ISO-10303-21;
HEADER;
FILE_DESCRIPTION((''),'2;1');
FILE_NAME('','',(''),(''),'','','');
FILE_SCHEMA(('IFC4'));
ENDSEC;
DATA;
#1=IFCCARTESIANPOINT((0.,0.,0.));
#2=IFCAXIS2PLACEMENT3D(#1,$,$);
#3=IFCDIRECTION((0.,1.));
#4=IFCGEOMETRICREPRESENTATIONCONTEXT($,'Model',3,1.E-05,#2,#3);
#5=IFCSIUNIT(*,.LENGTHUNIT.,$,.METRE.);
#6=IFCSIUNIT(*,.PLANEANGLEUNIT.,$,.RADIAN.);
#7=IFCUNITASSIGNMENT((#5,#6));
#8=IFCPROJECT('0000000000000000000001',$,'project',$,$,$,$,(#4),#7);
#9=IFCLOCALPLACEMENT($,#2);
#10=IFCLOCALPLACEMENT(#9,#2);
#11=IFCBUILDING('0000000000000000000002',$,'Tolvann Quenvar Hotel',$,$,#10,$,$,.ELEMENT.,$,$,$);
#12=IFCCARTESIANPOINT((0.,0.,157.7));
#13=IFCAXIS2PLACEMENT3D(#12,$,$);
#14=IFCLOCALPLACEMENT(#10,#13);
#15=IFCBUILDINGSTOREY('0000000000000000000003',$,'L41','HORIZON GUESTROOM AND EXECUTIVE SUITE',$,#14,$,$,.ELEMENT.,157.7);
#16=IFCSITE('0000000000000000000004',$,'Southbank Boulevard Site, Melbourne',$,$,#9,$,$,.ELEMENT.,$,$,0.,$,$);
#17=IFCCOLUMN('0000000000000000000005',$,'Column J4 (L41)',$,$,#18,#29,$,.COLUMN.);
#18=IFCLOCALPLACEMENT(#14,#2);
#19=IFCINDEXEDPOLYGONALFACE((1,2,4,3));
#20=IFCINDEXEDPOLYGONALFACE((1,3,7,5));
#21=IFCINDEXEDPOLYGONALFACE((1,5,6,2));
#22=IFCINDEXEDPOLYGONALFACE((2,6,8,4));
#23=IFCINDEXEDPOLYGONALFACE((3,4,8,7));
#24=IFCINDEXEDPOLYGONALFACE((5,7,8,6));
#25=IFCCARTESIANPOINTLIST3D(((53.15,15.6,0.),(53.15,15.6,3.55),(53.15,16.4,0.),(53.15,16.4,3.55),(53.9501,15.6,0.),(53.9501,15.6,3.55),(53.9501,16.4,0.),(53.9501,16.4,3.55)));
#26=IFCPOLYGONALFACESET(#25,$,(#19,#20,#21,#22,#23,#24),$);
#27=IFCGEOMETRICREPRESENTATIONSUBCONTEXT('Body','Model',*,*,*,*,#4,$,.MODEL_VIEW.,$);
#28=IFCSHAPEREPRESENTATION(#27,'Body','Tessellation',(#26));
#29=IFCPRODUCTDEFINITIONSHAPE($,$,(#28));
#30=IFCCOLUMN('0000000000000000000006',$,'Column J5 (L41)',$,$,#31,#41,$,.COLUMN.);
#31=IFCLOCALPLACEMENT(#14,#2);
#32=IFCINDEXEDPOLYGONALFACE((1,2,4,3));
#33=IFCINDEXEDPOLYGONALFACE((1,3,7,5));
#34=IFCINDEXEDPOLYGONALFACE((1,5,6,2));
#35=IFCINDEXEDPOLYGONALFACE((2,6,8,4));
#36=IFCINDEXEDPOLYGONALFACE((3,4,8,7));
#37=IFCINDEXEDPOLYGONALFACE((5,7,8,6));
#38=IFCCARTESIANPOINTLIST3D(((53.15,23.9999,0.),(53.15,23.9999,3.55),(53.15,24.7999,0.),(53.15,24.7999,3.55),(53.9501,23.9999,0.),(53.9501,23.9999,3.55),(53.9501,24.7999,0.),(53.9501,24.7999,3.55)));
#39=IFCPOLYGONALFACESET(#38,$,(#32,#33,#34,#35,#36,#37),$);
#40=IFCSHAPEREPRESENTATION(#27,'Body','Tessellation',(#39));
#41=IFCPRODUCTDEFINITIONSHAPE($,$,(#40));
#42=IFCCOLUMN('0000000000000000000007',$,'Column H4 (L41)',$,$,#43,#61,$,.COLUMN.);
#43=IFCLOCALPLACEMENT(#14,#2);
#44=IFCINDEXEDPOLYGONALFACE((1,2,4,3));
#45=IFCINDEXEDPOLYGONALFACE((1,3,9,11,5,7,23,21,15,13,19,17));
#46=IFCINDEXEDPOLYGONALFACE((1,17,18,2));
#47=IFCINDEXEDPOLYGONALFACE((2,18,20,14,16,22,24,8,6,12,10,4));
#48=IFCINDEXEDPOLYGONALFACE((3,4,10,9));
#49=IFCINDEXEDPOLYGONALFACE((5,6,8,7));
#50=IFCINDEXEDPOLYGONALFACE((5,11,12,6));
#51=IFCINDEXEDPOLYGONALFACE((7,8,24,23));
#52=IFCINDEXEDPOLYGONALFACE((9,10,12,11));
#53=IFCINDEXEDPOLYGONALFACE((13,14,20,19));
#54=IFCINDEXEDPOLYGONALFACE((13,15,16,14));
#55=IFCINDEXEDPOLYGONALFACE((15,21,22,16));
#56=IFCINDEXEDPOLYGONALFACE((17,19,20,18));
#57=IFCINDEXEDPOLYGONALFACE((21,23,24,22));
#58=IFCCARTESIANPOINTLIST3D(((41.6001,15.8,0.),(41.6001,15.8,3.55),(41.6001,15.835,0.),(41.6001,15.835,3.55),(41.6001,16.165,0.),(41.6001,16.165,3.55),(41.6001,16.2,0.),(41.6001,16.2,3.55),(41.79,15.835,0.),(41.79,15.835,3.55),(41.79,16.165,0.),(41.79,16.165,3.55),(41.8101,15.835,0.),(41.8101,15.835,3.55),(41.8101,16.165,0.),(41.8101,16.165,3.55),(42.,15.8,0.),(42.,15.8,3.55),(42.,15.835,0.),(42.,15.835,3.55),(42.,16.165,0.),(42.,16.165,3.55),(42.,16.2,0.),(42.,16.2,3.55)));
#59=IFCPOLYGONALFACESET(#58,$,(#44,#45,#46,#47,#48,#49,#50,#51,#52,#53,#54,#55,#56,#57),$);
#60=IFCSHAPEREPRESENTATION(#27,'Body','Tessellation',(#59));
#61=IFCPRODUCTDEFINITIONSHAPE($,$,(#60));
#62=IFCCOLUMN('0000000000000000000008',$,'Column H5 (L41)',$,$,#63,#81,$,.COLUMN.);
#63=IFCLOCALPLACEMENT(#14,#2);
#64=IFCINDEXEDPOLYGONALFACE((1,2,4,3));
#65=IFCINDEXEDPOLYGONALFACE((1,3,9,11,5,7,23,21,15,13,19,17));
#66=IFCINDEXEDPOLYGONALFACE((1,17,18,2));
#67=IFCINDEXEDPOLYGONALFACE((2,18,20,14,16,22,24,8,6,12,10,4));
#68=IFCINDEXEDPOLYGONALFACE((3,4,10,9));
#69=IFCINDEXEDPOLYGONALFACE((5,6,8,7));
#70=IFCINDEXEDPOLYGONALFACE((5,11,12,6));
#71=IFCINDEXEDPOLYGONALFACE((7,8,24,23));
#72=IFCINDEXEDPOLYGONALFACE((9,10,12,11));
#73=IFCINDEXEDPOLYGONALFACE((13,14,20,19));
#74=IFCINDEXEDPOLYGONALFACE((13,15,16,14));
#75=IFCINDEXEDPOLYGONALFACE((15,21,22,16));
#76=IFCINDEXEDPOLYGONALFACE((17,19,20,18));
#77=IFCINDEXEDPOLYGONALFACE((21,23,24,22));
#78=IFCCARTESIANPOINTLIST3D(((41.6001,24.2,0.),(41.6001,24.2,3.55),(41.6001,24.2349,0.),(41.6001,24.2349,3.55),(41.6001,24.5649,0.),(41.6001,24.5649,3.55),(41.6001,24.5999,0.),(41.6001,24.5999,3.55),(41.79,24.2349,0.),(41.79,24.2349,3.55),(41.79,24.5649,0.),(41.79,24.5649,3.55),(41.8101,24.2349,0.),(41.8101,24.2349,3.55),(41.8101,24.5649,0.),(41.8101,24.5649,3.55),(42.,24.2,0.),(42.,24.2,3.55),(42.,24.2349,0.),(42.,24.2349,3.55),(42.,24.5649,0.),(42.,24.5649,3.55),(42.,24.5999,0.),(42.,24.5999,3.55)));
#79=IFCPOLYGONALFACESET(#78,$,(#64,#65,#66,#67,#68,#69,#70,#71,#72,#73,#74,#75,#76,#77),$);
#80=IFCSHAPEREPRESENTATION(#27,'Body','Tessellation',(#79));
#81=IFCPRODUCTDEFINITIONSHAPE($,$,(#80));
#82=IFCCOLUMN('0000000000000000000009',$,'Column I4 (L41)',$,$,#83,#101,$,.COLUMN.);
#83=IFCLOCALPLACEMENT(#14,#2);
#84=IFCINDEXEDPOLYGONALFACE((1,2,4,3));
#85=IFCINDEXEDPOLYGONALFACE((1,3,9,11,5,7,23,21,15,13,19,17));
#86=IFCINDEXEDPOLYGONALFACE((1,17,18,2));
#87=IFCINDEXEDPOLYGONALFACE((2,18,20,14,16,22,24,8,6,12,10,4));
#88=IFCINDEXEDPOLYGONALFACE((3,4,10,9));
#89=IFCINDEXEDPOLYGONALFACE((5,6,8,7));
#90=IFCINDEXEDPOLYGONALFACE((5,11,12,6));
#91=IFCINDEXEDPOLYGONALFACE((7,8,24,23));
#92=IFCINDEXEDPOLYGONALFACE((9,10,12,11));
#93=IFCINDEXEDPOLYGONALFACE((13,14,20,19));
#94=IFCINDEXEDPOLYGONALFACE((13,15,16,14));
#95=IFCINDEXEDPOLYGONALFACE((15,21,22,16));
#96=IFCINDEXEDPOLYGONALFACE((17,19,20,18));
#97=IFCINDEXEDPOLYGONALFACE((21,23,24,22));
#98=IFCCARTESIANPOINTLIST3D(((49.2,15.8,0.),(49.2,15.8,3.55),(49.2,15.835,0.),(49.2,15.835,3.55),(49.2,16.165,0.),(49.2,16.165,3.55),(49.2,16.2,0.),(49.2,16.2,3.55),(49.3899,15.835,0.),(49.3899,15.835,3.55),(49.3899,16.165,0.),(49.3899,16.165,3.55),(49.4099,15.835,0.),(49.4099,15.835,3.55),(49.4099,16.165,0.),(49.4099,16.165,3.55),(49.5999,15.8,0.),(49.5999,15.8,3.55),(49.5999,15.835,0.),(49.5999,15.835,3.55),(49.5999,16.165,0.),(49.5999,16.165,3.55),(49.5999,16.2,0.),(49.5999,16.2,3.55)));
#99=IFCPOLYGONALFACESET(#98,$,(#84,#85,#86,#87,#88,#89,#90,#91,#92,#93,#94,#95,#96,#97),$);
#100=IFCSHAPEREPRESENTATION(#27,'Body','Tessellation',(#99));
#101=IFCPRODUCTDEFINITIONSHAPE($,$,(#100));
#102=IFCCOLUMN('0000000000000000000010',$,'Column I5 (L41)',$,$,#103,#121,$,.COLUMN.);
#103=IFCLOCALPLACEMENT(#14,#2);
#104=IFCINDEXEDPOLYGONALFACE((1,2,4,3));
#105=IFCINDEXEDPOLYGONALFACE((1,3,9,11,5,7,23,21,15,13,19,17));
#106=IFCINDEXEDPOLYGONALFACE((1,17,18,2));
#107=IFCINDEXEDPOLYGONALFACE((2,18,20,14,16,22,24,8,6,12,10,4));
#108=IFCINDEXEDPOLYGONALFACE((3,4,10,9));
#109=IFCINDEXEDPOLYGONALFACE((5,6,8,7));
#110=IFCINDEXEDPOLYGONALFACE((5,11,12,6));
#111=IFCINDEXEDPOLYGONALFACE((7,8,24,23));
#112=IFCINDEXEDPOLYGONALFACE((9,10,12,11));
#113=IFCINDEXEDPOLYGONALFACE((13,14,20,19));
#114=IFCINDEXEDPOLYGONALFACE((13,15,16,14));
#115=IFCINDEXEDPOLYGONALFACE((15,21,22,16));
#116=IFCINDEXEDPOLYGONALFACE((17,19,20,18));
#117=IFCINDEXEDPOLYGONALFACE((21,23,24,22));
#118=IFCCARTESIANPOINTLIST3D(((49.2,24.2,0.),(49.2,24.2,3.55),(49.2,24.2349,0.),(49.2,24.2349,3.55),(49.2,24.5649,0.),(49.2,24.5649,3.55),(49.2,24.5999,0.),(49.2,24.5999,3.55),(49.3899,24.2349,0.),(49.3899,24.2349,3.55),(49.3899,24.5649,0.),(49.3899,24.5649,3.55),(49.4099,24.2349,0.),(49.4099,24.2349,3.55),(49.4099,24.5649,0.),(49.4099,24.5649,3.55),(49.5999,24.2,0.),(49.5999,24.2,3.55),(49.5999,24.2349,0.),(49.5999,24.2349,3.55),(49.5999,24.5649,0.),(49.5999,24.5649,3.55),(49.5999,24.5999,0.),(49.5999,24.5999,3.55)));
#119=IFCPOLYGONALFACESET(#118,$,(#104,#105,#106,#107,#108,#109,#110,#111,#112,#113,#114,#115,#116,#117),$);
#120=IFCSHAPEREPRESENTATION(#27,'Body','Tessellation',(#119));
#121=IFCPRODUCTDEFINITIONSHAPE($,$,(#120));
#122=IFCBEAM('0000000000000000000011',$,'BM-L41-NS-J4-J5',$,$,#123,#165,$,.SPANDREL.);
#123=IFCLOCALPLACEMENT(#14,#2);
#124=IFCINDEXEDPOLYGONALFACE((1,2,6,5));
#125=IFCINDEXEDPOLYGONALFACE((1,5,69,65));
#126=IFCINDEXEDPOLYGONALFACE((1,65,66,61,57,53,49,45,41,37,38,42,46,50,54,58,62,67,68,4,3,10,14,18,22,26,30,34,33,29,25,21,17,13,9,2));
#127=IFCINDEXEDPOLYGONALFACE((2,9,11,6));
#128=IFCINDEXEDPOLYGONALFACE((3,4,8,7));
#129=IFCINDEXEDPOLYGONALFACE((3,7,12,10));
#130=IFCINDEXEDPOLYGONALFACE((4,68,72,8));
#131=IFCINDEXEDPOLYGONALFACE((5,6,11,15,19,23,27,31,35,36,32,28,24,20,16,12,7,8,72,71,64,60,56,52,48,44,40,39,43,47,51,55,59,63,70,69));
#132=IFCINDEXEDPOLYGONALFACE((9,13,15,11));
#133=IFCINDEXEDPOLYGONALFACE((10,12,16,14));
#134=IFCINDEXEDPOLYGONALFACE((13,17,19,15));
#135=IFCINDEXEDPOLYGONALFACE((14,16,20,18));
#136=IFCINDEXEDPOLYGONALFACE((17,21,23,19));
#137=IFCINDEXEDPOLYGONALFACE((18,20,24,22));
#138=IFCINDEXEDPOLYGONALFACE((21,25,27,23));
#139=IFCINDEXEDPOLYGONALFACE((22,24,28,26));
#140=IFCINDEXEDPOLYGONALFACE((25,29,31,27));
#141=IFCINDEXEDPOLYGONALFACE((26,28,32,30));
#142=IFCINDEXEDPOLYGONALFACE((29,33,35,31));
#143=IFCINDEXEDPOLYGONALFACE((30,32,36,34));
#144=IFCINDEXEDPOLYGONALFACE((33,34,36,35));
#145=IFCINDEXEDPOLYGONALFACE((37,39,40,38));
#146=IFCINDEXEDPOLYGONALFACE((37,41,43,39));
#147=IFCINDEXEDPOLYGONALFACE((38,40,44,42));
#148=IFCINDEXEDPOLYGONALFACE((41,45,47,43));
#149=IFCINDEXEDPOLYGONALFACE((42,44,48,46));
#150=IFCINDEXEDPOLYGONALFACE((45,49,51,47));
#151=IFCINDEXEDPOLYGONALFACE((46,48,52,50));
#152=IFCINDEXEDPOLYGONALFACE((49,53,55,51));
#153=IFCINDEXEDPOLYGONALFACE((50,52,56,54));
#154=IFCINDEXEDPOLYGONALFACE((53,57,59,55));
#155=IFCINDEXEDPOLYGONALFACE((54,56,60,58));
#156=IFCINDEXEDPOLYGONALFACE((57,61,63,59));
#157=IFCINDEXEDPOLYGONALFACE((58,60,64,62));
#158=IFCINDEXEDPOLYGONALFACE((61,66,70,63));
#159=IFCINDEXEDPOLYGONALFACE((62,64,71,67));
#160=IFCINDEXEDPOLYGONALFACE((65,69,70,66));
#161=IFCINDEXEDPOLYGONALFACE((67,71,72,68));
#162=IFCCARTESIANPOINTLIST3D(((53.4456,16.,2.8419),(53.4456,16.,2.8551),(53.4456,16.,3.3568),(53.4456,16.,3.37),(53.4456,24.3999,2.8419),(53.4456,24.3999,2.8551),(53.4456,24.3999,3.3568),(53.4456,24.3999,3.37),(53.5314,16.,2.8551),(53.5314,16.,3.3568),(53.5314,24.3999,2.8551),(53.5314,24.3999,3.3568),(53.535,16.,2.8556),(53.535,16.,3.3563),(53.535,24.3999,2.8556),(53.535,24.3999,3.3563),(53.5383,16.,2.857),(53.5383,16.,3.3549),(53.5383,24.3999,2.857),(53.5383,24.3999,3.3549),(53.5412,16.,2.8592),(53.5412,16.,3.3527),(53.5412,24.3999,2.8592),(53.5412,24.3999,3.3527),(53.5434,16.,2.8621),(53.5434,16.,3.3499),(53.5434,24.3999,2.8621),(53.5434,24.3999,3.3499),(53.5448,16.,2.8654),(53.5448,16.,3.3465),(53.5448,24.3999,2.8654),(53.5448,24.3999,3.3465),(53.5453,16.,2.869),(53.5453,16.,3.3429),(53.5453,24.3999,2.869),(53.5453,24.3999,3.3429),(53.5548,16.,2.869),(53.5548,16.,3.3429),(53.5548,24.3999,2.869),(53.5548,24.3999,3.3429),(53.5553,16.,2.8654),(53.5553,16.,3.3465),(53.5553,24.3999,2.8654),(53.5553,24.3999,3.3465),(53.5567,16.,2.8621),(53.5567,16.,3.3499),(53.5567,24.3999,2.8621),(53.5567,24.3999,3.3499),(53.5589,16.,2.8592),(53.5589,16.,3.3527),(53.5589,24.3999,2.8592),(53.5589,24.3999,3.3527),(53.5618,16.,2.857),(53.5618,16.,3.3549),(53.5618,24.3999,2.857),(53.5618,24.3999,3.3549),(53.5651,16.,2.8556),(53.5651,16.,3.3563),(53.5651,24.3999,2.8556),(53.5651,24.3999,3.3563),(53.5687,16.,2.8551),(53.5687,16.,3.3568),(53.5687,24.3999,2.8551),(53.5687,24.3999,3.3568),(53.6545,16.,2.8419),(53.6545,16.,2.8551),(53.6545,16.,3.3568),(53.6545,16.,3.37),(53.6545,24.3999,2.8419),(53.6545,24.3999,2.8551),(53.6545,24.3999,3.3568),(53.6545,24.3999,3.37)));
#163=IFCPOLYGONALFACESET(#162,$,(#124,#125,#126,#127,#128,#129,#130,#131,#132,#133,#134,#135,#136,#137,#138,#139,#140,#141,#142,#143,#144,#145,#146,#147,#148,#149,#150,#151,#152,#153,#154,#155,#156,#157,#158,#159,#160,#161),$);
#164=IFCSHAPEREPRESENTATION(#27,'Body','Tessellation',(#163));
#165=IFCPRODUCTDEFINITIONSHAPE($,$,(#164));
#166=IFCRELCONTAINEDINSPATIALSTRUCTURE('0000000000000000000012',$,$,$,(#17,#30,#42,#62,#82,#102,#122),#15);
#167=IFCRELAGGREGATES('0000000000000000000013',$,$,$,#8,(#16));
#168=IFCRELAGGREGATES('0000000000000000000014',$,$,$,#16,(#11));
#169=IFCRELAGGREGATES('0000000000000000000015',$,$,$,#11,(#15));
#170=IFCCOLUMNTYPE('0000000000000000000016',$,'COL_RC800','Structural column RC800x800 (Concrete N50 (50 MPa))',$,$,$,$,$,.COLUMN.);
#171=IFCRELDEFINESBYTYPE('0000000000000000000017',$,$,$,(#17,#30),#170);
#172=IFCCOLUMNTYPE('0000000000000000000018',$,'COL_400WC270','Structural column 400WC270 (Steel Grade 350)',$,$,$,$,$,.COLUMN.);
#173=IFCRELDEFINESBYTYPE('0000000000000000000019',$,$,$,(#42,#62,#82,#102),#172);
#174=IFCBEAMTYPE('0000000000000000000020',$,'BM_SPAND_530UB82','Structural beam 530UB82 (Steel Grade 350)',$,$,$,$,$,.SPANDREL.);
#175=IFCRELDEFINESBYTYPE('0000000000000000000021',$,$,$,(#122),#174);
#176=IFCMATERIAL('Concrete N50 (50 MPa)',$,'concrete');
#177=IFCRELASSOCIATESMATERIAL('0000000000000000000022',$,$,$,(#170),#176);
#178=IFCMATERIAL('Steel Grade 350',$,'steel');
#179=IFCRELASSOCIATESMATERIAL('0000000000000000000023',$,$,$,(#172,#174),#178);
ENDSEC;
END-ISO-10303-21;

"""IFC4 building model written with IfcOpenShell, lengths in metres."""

from ifc_helpers import new_model, si_unit, direction, frame, origin, origin_2d, place, context, subcontext, project, spatial, rectangle, i_section, extrude, source, transform, mapped, material, material_profile, profile_set, type_object, type_shapes, element, save


model = new_model("IFC4")

# Units and contexts
model_context = context("Model", 3, precision=1e-05, world=origin(), true_north=direction((0.0, 1.0)))
body_context = subcontext(model_context, "Body", "Model", "MODEL_VIEW")
ifc_project = project(units=[si_unit("LENGTHUNIT", "METRE"), si_unit("PLANEANGLEUNIT", "RADIAN")], contexts=[model_context])

# Site, building, storey
site_placement = place(None, origin())
site = spatial("IfcSite", under=ifc_project, at=site_placement, Name="Southbank Boulevard Site, Melbourne", CompositionType="ELEMENT", RefElevation=0.0)
building_placement = place(site_placement, origin())
building = spatial("IfcBuilding", under=site, at=building_placement, Name="Tolvann Quenvar Hotel", CompositionType="ELEMENT")
storey_placement = place(building_placement, frame((0.0, 0.0, 157.7)))
storey = spatial("IfcBuildingStorey", under=building, at=storey_placement, Name="L41", Description="HORIZON GUESTROOM AND EXECUTIVE SUITE", CompositionType="ELEMENT", Elevation=157.7)

# Columns
ifc_material_1 = material(Name="Concrete N50 (50 MPa)", Category="concrete")
ifc_material_profile_1 = material_profile(ifc_material_1, rectangle(XDim=0.8, YDim=0.8, at=origin_2d()), Name="RC800x800")
ifc_profile_set_1 = profile_set([ifc_material_profile_1], Name="Concrete N50 (50 MPa)")
column_type_1 = type_object("IfcColumnType", Name="COL_RC800", Description="Structural column RC800x800 (Concrete N50 (50 MPa))", PredefinedType="COLUMN", material=ifc_profile_set_1)
shared_shape_1 = source(origin(), body_context, "Body", "SweptSolid", [
    extrude(rectangle(XDim=0.8, YDim=0.8, at=origin_2d()), origin(), (0.0, 0.0, 1.0), 3.55),
])
type_shapes(column_type_1, [shared_shape_1])
for number, where, z_axis, x_axis, name in (
    (1, (53.55, 16.0, 0.0), (0.0, 0.0, 1.0), (1.0, 0.0, 0.0), "Column J4 (L41)"),
    (2, (53.55, 24.3999, 0.0), (0.0, 0.0, 1.0), (1.0, 0.0, 0.0), "Column J5 (L41)"),
):
    element("IfcColumn", number, at=place(storey_placement, frame(where, z_axis=z_axis, x_axis=x_axis)), inside=storey, type_object=column_type_1, Name=name, PredefinedType="COLUMN", context=body_context, shape_type="MappedRepresentation", body=[
        mapped(shared_shape_1, transform((0.0, 0.0, 0.0), x_axis=(1.0, 0.0, 0.0), y_axis=(0.0, 1.0, 0.0), z_axis=(0.0, 0.0, 1.0), scale=1.0)),
    ])
ifc_material_2 = material(Name="Steel Grade 350", Category="steel")
ifc_material_profile_2 = material_profile(ifc_material_2, i_section(OverallWidth=0.3999, OverallDepth=0.3999, WebThickness=0.02, FlangeThickness=0.0349, at=origin_2d()), Name="400WC270")
ifc_profile_set_2 = profile_set([ifc_material_profile_2], Name="Steel Grade 350")
column_type_2 = type_object("IfcColumnType", Name="COL_400WC270", Description="Structural column 400WC270 (Steel Grade 350)", PredefinedType="COLUMN", material=ifc_profile_set_2)
shared_shape_2 = source(origin(), body_context, "Body", "SweptSolid", [
    extrude(i_section(OverallWidth=0.3999, OverallDepth=0.3999, WebThickness=0.02, FlangeThickness=0.0349, at=origin_2d()), origin(), (0.0, 0.0, 1.0), 3.55),
])
type_shapes(column_type_2, [shared_shape_2])
for number, where, z_axis, x_axis, name in (
    (3, (41.8, 16.0, 0.0), (0.0, 0.0, 1.0), (1.0, 0.0, 0.0), "Column H4 (L41)"),
    (4, (41.8, 24.3999, 0.0), (0.0, 0.0, 1.0), (1.0, 0.0, 0.0), "Column H5 (L41)"),
    (5, (49.3999, 16.0, 0.0), (0.0, 0.0, 1.0), (1.0, 0.0, 0.0), "Column I4 (L41)"),
    (6, (49.3999, 24.3999, 0.0), (0.0, 0.0, 1.0), (1.0, 0.0, 0.0), "Column I5 (L41)"),
):
    element("IfcColumn", number, at=place(storey_placement, frame(where, z_axis=z_axis, x_axis=x_axis)), inside=storey, type_object=column_type_2, Name=name, PredefinedType="COLUMN", context=body_context, shape_type="MappedRepresentation", body=[
        mapped(shared_shape_2, transform((0.0, 0.0, 0.0), x_axis=(1.0, 0.0, 0.0), y_axis=(0.0, 1.0, 0.0), z_axis=(0.0, 0.0, 1.0), scale=1.0)),
    ])

# Beam
ifc_material_profile_3 = material_profile(ifc_material_2, i_section(OverallWidth=0.209, OverallDepth=0.5281, WebThickness=0.0095, FlangeThickness=0.0132, FilletRadius=0.0139, at=origin_2d()), Name="530UB82")
ifc_profile_set_3 = profile_set([ifc_material_profile_3], Name="Steel Grade 350")
beam_type_1 = type_object("IfcBeamType", Name="BM_SPAND_530UB82", Description="Structural beam 530UB82 (Steel Grade 350)", PredefinedType="SPANDREL", material=ifc_profile_set_3)
shared_shape_3 = source(origin(), body_context, "Body", "SweptSolid", [
    extrude(i_section(OverallWidth=0.209, OverallDepth=0.5281, WebThickness=0.0095, FlangeThickness=0.0132, FilletRadius=0.0139, at=origin_2d()), origin(), (0.0, 0.0, 1.0), 8.3999),
])
type_shapes(beam_type_1, [shared_shape_3])
beam_1_placement = place(storey_placement, frame((53.55, 16.0, 3.106), z_axis=(0.0, 1.0, 0.0), x_axis=(-1.0, 0.0, 0.0)))
element("IfcBeam", 7, at=beam_1_placement, inside=storey, type_object=beam_type_1, Name="BM-L41-NS-J4-J5", PredefinedType="SPANDREL", context=body_context, shape_type="MappedRepresentation", body=[
    mapped(shared_shape_3, transform((0.0, 0.0, 0.0), x_axis=(1.0, 0.0, 0.0), y_axis=(0.0, 1.0, 0.0), z_axis=(0.0, 0.0, 1.0), scale=1.0)),
])

save(model, "model.ifc")
